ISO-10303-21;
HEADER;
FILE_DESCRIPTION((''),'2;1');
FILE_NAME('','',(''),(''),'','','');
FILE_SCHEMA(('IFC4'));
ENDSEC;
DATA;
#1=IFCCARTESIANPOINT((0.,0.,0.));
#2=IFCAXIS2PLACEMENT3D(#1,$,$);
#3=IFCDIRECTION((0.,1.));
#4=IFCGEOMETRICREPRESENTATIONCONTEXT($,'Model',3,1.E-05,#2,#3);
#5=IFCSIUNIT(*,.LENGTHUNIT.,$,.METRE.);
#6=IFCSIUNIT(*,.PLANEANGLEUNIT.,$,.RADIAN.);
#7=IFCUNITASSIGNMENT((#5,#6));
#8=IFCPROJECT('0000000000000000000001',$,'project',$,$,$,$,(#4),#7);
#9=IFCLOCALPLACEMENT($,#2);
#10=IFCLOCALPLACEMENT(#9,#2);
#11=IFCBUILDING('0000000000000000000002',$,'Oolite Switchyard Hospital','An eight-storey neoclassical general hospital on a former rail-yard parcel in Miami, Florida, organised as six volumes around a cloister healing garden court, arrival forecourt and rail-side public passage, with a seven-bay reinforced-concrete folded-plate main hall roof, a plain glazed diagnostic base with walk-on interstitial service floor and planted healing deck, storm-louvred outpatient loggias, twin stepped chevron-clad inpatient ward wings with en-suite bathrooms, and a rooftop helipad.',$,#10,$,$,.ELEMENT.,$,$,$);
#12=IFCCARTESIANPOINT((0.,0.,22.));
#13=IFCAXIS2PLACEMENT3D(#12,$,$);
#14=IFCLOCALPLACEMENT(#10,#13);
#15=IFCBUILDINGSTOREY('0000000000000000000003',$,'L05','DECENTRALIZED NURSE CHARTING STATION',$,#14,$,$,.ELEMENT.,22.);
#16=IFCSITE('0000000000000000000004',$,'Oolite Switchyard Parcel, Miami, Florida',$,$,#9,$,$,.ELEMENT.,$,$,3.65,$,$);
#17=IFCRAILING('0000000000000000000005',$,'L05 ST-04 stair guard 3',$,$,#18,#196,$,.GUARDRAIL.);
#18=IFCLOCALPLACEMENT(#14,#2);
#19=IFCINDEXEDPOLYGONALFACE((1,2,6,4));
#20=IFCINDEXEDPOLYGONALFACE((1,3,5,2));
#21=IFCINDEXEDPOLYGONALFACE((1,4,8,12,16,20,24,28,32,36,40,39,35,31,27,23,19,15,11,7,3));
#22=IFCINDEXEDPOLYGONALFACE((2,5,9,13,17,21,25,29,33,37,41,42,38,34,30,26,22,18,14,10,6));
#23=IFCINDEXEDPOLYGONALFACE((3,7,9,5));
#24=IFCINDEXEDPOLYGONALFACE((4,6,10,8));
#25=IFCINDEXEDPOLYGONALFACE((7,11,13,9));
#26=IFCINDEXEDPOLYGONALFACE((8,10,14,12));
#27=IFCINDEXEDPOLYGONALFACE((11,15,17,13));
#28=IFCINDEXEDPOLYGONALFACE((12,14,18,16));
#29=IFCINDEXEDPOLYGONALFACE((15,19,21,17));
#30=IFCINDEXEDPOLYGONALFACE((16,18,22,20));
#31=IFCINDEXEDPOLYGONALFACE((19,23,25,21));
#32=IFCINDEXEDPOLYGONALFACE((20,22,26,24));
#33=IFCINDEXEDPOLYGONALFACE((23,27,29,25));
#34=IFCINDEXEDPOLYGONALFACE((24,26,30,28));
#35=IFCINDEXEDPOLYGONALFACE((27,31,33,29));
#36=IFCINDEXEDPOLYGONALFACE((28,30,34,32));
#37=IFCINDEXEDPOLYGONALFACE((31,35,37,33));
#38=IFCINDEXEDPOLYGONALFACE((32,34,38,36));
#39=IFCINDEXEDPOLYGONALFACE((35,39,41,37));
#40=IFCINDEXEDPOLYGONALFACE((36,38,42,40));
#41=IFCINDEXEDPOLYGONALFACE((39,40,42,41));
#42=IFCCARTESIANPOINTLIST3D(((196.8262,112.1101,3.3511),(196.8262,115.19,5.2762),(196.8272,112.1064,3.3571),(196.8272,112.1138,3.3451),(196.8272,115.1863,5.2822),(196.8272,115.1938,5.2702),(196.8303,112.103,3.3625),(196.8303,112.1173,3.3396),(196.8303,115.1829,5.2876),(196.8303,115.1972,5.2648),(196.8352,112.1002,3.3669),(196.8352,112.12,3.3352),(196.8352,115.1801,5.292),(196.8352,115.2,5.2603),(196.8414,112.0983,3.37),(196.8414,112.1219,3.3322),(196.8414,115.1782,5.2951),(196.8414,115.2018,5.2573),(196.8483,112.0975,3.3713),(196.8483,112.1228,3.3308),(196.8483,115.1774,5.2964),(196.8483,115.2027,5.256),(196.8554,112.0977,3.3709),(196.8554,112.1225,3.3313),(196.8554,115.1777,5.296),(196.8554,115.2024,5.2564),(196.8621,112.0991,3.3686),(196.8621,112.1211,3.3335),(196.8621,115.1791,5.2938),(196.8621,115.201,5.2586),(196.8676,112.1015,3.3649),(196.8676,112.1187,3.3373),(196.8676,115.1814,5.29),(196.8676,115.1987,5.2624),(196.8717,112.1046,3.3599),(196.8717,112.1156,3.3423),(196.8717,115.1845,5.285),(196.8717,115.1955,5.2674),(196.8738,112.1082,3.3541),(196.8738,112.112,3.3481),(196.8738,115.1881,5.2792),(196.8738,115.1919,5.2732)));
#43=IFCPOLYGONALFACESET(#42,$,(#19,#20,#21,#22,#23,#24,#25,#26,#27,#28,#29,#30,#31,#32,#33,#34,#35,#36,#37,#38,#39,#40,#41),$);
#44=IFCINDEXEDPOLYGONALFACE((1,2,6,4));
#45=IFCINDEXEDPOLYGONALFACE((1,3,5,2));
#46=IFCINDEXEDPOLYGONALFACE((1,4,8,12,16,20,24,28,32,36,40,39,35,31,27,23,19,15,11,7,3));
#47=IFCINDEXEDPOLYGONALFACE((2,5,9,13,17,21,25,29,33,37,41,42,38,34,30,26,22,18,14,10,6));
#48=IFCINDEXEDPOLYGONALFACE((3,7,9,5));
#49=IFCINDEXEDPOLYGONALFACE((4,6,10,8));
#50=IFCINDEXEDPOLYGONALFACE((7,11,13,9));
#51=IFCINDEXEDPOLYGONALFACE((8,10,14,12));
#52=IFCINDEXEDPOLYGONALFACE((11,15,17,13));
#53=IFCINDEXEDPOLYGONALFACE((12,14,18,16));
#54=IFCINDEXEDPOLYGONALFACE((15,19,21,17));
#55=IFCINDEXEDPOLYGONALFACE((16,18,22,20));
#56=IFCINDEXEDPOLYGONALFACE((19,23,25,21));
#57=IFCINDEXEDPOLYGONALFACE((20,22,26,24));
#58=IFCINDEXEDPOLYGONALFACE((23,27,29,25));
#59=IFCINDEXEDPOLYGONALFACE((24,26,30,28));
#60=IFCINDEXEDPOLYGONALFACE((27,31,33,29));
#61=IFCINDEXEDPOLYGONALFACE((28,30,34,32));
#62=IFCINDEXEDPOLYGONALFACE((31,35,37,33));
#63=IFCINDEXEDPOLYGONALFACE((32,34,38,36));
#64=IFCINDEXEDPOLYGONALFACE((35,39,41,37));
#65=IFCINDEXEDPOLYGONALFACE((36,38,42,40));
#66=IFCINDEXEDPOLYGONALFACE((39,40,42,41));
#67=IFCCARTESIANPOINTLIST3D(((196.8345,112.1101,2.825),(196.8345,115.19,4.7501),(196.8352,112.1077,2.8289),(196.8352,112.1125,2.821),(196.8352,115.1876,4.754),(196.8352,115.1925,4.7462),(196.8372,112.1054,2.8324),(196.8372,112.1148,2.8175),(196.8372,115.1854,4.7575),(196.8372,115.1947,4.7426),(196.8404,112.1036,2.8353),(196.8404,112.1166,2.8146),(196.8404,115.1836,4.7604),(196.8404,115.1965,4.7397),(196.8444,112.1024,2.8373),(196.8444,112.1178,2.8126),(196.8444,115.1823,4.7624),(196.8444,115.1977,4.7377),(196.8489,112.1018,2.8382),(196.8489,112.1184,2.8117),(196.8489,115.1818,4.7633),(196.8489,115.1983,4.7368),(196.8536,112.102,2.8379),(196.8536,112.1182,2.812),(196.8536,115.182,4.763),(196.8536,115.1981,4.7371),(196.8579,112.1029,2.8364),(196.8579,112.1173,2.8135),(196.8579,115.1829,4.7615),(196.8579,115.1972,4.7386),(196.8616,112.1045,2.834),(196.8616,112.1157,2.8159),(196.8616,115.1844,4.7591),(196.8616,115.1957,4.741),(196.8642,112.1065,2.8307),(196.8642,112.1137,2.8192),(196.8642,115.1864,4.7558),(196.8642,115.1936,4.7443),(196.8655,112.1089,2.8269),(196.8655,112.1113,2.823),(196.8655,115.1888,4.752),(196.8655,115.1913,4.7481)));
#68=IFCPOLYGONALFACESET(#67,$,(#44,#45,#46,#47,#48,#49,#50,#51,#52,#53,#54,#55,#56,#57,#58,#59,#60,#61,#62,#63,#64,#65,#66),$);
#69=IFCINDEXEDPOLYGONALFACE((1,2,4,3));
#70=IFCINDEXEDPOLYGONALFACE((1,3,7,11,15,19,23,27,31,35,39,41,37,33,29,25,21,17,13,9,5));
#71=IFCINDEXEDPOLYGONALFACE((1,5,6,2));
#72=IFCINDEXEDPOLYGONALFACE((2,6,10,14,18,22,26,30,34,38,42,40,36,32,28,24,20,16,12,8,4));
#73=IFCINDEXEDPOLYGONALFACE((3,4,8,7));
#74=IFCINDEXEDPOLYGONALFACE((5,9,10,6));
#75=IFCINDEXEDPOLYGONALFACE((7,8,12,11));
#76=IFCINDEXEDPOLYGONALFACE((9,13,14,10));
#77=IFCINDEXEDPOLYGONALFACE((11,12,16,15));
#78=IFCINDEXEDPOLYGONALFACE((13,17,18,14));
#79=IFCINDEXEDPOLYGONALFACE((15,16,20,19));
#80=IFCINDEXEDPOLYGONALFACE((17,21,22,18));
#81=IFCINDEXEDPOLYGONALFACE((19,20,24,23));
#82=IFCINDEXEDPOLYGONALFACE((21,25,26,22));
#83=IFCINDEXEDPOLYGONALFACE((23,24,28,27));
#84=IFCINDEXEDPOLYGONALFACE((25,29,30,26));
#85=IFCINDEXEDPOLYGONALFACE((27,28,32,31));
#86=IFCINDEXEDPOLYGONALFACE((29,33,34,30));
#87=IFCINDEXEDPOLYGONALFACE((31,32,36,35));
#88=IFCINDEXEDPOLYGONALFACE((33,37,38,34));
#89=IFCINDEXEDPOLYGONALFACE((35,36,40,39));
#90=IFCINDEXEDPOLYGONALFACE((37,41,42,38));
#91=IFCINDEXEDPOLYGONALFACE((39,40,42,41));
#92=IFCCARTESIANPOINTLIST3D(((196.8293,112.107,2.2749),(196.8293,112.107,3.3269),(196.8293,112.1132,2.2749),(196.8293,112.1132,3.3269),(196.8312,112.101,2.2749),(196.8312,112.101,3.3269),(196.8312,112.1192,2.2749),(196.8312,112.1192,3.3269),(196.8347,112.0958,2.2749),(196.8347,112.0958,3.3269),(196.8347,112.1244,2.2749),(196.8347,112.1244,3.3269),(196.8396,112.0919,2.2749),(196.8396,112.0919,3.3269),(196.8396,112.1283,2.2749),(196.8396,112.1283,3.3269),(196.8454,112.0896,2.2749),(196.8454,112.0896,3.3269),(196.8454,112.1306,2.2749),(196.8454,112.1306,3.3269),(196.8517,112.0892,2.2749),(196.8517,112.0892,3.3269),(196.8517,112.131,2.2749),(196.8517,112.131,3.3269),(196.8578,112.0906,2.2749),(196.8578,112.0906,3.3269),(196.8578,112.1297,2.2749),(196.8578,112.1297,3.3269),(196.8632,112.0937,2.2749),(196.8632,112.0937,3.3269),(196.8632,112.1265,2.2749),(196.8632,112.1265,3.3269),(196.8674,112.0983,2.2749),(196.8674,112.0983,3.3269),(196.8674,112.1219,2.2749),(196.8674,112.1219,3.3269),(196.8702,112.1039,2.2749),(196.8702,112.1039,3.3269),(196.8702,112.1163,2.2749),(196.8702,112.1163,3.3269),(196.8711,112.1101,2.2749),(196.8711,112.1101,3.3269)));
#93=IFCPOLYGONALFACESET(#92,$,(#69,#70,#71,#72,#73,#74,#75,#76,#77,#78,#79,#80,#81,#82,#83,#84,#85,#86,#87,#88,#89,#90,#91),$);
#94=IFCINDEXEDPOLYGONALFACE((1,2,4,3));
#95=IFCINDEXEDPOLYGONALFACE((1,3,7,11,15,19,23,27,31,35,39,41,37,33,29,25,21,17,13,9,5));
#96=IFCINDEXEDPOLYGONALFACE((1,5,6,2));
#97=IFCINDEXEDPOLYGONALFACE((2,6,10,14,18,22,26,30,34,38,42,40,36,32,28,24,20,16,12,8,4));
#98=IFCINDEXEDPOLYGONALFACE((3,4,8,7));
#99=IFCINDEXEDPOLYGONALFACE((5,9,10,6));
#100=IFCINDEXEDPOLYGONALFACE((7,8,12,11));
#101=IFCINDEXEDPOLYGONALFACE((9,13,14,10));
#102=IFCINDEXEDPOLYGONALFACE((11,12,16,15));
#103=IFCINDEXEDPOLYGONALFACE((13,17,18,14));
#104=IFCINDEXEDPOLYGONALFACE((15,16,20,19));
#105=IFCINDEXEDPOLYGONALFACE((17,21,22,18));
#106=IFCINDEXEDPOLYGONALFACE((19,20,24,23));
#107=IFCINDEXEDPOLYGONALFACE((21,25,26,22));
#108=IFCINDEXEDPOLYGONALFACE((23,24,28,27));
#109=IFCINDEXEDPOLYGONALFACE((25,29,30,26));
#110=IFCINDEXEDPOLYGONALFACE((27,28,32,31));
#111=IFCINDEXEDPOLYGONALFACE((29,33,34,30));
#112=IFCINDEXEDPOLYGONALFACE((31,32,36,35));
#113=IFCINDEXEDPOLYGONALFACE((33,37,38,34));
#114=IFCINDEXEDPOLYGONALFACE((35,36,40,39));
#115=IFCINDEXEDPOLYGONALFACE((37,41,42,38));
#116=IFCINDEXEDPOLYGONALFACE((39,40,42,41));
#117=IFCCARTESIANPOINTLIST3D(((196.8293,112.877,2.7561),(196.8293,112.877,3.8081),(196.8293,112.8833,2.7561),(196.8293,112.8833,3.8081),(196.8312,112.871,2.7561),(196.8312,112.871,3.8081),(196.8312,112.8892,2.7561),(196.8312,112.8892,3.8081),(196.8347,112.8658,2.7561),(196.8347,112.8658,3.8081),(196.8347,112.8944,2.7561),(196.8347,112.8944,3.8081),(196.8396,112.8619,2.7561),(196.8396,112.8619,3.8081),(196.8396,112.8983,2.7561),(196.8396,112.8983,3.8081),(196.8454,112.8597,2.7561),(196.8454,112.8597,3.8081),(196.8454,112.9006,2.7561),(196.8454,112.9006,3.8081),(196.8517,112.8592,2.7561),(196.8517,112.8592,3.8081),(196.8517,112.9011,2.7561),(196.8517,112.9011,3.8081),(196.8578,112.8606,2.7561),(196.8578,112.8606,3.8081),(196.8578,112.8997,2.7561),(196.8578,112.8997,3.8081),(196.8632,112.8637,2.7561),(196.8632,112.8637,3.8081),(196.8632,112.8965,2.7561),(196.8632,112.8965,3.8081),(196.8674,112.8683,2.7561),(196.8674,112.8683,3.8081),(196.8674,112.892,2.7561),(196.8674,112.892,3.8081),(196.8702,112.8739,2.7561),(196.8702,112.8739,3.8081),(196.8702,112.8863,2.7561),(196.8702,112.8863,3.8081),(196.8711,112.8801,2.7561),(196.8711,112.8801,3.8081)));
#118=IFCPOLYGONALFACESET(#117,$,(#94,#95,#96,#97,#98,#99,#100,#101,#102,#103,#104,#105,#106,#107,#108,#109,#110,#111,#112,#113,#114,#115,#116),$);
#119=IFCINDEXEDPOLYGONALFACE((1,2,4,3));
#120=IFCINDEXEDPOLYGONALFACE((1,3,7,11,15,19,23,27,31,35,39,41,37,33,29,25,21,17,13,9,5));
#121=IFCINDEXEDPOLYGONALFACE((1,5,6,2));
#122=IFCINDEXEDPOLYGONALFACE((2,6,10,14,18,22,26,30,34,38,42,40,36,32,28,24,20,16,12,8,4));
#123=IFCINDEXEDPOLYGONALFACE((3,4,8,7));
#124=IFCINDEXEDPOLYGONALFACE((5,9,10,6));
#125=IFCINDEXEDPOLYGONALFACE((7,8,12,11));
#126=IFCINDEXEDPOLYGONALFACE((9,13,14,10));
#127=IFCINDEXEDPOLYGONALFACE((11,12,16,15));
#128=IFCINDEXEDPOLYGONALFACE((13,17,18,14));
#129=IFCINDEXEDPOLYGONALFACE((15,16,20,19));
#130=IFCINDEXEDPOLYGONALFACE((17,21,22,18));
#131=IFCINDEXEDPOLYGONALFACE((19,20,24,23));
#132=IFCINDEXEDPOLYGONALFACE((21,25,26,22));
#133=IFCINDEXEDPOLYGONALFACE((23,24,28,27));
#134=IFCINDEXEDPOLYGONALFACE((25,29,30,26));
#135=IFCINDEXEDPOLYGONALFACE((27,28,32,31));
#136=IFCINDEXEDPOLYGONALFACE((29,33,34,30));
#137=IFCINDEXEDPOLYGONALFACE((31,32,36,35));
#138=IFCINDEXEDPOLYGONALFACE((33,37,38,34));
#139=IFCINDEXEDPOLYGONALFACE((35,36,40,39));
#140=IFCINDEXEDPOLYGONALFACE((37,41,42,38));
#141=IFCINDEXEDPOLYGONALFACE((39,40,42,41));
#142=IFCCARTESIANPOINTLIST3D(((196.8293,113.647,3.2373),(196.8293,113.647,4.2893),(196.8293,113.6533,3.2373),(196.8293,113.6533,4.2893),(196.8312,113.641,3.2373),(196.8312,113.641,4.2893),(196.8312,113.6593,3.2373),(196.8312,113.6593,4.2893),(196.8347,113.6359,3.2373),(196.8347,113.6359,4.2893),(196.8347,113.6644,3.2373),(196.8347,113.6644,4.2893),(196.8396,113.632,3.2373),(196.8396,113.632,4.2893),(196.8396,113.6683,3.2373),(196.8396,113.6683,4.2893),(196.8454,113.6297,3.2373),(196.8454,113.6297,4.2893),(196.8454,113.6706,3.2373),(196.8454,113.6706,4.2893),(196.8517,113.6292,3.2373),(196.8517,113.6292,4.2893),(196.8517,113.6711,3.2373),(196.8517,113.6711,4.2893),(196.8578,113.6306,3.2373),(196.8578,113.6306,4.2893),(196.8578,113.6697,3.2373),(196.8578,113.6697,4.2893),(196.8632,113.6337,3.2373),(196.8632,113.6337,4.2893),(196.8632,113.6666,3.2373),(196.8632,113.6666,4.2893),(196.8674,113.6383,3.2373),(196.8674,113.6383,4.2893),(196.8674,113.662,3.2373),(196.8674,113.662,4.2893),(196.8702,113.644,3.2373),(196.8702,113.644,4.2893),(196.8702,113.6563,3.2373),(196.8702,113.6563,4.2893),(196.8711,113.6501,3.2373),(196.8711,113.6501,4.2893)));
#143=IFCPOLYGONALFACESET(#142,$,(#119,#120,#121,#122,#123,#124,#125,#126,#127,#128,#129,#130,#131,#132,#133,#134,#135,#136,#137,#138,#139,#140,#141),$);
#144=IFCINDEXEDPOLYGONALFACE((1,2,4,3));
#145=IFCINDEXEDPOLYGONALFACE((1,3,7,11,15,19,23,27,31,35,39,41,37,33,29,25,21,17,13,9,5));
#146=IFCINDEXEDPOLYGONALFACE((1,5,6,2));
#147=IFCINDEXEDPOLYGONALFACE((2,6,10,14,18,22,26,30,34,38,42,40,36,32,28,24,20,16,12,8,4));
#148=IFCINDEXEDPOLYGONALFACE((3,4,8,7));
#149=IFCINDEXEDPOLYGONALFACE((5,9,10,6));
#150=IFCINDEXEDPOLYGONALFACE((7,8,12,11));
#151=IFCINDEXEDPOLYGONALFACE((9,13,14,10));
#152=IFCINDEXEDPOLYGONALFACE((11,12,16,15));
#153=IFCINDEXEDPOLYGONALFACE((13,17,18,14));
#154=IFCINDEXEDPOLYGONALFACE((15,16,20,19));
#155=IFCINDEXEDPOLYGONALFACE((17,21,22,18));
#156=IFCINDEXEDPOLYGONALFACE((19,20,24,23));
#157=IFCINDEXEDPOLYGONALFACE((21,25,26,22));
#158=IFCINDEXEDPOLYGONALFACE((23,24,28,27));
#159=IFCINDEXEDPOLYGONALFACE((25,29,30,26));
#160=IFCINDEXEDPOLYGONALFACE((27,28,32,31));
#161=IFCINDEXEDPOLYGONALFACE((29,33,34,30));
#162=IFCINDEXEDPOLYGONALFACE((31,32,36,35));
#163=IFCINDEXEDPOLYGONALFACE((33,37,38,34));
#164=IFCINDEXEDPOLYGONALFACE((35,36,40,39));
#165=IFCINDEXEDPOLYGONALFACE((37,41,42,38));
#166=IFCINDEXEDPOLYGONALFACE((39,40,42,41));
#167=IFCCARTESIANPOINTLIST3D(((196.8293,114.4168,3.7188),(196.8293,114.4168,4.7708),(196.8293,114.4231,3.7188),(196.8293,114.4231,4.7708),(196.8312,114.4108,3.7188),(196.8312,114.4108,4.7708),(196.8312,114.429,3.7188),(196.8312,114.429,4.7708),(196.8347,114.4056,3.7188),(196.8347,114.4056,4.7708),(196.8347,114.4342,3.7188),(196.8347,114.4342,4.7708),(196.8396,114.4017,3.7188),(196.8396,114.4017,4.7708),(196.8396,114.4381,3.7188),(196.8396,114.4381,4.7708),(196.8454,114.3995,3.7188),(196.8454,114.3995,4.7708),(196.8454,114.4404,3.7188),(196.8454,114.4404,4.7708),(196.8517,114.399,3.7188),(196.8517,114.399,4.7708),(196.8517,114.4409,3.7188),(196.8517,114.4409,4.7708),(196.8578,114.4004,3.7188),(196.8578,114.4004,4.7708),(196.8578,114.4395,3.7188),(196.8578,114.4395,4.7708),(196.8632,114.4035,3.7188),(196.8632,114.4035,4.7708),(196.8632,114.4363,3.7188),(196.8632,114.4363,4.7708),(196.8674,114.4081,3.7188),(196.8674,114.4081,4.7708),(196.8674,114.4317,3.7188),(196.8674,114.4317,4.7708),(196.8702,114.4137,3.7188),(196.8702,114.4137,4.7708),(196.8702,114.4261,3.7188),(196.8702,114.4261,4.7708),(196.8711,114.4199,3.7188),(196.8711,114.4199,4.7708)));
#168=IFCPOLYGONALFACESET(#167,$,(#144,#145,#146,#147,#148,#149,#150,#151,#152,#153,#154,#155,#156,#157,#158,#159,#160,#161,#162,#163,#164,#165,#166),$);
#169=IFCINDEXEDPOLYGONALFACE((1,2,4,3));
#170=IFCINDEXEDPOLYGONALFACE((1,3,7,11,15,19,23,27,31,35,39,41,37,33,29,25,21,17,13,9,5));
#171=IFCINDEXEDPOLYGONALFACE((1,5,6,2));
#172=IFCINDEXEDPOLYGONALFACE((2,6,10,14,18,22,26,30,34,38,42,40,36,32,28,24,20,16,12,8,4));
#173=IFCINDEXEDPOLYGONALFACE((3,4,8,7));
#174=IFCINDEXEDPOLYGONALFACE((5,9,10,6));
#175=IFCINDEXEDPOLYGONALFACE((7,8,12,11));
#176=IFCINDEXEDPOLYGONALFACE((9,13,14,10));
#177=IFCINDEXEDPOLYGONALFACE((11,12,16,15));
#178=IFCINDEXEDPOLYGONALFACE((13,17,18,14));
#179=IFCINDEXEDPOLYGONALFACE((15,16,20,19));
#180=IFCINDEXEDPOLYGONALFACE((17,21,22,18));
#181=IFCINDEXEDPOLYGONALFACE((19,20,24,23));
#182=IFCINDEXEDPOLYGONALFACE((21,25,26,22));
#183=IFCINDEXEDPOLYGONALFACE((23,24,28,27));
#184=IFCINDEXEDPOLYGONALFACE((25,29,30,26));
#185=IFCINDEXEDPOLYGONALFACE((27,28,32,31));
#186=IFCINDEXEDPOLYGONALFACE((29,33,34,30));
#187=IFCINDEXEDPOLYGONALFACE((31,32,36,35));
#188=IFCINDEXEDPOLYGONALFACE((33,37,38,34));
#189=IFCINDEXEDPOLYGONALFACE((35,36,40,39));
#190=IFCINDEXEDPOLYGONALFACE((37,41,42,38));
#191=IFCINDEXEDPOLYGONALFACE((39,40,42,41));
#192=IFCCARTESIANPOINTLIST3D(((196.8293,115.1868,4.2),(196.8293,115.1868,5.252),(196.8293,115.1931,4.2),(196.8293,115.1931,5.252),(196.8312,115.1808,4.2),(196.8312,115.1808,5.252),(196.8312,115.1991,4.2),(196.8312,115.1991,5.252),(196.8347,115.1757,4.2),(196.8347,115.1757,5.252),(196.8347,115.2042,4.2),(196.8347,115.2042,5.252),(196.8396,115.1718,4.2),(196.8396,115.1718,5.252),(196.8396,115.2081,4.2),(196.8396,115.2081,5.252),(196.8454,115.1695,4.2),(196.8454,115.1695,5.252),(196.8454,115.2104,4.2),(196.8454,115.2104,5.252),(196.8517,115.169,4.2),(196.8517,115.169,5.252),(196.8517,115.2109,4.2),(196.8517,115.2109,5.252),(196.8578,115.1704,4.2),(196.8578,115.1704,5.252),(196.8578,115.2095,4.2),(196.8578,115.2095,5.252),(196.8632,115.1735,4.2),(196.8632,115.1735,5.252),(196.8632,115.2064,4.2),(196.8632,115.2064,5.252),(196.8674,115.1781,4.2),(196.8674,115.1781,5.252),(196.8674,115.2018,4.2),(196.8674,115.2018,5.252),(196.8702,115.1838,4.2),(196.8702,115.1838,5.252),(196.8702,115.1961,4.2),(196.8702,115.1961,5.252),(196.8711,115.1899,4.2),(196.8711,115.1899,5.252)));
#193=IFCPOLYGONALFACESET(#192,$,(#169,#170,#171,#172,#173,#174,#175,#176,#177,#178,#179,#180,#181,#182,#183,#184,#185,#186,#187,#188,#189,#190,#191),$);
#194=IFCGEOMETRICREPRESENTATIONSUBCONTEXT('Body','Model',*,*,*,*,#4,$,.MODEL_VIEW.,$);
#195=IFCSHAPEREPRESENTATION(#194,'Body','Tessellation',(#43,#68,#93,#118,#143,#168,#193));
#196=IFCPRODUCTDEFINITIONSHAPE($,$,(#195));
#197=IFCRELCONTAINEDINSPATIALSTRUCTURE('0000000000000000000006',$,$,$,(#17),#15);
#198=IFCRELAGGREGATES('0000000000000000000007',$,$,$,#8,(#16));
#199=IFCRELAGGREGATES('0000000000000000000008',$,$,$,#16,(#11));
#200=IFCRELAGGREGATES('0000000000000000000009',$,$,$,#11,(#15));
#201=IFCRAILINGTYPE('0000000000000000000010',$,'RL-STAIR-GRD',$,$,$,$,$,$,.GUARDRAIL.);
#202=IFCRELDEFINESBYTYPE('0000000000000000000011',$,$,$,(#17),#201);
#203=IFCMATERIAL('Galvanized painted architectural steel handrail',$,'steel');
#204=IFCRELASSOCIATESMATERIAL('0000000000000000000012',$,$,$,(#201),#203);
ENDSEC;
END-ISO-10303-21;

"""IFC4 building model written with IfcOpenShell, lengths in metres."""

from ifc_helpers import new_model, si_unit, direction, frame, origin, origin_2d, place, context, subcontext, project, spatial, circle, extrude, material, type_object, element, save


model = new_model("IFC4")

# Units and contexts
model_context = context("Model", 3, precision=1e-05, world=origin(), true_north=direction((0.0, 1.0)))
body_context = subcontext(model_context, "Body", "Model", "MODEL_VIEW")
ifc_project = project(units=[si_unit("LENGTHUNIT", "METRE"), si_unit("PLANEANGLEUNIT", "RADIAN")], contexts=[model_context])

# Site, building, storey
site_placement = place(None, origin())
site = spatial("IfcSite", under=ifc_project, at=site_placement, Name="Oolite Switchyard Parcel, Miami, Florida", CompositionType="ELEMENT", RefElevation=3.65)
building_placement = place(site_placement, origin())
building = spatial("IfcBuilding", under=site, at=building_placement, Name="Oolite Switchyard Hospital", Description="An eight-storey neoclassical general hospital on a former rail-yard parcel in Miami, Florida, organised as six volumes around a cloister healing garden court, arrival forecourt and rail-side public passage, with a seven-bay reinforced-concrete folded-plate main hall roof, a plain glazed diagnostic base with walk-on interstitial service floor and planted healing deck, storm-louvred outpatient loggias, twin stepped chevron-clad inpatient ward wings with en-suite bathrooms, and a rooftop helipad.", CompositionType="ELEMENT")
storey_placement = place(building_placement, frame((0.0, 0.0, 22.0)))
storey = spatial("IfcBuildingStorey", under=building, at=storey_placement, Name="L05", Description="DECENTRALIZED NURSE CHARTING STATION", CompositionType="ELEMENT", Elevation=22.0)

# Railing
ifc_material_1 = material(Name="Galvanized painted architectural steel handrail", Category="steel")
railing_type_1 = type_object("IfcRailingType", Name="RL-STAIR-GRD", PredefinedType="GUARDRAIL", material=ifc_material_1)
railing_1_placement = place(storey_placement, frame((196.8501, 112.1101, 2.2749)))
element("IfcRailing", 1, at=railing_1_placement, inside=storey, type_object=railing_type_1, Name="L05 ST-04 stair guard 3", PredefinedType="GUARDRAIL", context=body_context, shape_type="SweptSolid", body=[
    extrude(circle(Radius=0.0239, at=origin_2d()), frame((0.0, 0.0, 1.0762), z_axis=(0.0, 0.847979, 0.530029), x_axis=(-1.0, 0.0, 0.0)), (0.0, 0.0, 1.0), 3.6321),
    extrude(circle(Radius=0.0156, at=origin_2d()), frame((0.0, 0.0, 0.55), z_axis=(0.0, 0.847979, 0.530029), x_axis=(-1.0, 0.0, 0.0)), (0.0, 0.0, 1.0), 3.6321),
    extrude(circle(Radius=0.021, at=origin_2d()), origin(), (0.0, 0.0, 1.0), 1.052),
    extrude(circle(Radius=0.021, at=origin_2d()), frame((0.0, 0.77, 0.4812)), (0.0, 0.0, 1.0), 1.052),
    extrude(circle(Radius=0.021, at=origin_2d()), frame((0.0, 1.54, 0.9624)), (0.0, 0.0, 1.0), 1.052),
    extrude(circle(Radius=0.021, at=origin_2d()), frame((0.0, 2.3098, 1.4438)), (0.0, 0.0, 1.0), 1.052),
    extrude(circle(Radius=0.021, at=origin_2d()), frame((0.0, 3.0798, 1.925)), (0.0, 0.0, 1.0), 1.052),
])

save(model, "model.ifc")
